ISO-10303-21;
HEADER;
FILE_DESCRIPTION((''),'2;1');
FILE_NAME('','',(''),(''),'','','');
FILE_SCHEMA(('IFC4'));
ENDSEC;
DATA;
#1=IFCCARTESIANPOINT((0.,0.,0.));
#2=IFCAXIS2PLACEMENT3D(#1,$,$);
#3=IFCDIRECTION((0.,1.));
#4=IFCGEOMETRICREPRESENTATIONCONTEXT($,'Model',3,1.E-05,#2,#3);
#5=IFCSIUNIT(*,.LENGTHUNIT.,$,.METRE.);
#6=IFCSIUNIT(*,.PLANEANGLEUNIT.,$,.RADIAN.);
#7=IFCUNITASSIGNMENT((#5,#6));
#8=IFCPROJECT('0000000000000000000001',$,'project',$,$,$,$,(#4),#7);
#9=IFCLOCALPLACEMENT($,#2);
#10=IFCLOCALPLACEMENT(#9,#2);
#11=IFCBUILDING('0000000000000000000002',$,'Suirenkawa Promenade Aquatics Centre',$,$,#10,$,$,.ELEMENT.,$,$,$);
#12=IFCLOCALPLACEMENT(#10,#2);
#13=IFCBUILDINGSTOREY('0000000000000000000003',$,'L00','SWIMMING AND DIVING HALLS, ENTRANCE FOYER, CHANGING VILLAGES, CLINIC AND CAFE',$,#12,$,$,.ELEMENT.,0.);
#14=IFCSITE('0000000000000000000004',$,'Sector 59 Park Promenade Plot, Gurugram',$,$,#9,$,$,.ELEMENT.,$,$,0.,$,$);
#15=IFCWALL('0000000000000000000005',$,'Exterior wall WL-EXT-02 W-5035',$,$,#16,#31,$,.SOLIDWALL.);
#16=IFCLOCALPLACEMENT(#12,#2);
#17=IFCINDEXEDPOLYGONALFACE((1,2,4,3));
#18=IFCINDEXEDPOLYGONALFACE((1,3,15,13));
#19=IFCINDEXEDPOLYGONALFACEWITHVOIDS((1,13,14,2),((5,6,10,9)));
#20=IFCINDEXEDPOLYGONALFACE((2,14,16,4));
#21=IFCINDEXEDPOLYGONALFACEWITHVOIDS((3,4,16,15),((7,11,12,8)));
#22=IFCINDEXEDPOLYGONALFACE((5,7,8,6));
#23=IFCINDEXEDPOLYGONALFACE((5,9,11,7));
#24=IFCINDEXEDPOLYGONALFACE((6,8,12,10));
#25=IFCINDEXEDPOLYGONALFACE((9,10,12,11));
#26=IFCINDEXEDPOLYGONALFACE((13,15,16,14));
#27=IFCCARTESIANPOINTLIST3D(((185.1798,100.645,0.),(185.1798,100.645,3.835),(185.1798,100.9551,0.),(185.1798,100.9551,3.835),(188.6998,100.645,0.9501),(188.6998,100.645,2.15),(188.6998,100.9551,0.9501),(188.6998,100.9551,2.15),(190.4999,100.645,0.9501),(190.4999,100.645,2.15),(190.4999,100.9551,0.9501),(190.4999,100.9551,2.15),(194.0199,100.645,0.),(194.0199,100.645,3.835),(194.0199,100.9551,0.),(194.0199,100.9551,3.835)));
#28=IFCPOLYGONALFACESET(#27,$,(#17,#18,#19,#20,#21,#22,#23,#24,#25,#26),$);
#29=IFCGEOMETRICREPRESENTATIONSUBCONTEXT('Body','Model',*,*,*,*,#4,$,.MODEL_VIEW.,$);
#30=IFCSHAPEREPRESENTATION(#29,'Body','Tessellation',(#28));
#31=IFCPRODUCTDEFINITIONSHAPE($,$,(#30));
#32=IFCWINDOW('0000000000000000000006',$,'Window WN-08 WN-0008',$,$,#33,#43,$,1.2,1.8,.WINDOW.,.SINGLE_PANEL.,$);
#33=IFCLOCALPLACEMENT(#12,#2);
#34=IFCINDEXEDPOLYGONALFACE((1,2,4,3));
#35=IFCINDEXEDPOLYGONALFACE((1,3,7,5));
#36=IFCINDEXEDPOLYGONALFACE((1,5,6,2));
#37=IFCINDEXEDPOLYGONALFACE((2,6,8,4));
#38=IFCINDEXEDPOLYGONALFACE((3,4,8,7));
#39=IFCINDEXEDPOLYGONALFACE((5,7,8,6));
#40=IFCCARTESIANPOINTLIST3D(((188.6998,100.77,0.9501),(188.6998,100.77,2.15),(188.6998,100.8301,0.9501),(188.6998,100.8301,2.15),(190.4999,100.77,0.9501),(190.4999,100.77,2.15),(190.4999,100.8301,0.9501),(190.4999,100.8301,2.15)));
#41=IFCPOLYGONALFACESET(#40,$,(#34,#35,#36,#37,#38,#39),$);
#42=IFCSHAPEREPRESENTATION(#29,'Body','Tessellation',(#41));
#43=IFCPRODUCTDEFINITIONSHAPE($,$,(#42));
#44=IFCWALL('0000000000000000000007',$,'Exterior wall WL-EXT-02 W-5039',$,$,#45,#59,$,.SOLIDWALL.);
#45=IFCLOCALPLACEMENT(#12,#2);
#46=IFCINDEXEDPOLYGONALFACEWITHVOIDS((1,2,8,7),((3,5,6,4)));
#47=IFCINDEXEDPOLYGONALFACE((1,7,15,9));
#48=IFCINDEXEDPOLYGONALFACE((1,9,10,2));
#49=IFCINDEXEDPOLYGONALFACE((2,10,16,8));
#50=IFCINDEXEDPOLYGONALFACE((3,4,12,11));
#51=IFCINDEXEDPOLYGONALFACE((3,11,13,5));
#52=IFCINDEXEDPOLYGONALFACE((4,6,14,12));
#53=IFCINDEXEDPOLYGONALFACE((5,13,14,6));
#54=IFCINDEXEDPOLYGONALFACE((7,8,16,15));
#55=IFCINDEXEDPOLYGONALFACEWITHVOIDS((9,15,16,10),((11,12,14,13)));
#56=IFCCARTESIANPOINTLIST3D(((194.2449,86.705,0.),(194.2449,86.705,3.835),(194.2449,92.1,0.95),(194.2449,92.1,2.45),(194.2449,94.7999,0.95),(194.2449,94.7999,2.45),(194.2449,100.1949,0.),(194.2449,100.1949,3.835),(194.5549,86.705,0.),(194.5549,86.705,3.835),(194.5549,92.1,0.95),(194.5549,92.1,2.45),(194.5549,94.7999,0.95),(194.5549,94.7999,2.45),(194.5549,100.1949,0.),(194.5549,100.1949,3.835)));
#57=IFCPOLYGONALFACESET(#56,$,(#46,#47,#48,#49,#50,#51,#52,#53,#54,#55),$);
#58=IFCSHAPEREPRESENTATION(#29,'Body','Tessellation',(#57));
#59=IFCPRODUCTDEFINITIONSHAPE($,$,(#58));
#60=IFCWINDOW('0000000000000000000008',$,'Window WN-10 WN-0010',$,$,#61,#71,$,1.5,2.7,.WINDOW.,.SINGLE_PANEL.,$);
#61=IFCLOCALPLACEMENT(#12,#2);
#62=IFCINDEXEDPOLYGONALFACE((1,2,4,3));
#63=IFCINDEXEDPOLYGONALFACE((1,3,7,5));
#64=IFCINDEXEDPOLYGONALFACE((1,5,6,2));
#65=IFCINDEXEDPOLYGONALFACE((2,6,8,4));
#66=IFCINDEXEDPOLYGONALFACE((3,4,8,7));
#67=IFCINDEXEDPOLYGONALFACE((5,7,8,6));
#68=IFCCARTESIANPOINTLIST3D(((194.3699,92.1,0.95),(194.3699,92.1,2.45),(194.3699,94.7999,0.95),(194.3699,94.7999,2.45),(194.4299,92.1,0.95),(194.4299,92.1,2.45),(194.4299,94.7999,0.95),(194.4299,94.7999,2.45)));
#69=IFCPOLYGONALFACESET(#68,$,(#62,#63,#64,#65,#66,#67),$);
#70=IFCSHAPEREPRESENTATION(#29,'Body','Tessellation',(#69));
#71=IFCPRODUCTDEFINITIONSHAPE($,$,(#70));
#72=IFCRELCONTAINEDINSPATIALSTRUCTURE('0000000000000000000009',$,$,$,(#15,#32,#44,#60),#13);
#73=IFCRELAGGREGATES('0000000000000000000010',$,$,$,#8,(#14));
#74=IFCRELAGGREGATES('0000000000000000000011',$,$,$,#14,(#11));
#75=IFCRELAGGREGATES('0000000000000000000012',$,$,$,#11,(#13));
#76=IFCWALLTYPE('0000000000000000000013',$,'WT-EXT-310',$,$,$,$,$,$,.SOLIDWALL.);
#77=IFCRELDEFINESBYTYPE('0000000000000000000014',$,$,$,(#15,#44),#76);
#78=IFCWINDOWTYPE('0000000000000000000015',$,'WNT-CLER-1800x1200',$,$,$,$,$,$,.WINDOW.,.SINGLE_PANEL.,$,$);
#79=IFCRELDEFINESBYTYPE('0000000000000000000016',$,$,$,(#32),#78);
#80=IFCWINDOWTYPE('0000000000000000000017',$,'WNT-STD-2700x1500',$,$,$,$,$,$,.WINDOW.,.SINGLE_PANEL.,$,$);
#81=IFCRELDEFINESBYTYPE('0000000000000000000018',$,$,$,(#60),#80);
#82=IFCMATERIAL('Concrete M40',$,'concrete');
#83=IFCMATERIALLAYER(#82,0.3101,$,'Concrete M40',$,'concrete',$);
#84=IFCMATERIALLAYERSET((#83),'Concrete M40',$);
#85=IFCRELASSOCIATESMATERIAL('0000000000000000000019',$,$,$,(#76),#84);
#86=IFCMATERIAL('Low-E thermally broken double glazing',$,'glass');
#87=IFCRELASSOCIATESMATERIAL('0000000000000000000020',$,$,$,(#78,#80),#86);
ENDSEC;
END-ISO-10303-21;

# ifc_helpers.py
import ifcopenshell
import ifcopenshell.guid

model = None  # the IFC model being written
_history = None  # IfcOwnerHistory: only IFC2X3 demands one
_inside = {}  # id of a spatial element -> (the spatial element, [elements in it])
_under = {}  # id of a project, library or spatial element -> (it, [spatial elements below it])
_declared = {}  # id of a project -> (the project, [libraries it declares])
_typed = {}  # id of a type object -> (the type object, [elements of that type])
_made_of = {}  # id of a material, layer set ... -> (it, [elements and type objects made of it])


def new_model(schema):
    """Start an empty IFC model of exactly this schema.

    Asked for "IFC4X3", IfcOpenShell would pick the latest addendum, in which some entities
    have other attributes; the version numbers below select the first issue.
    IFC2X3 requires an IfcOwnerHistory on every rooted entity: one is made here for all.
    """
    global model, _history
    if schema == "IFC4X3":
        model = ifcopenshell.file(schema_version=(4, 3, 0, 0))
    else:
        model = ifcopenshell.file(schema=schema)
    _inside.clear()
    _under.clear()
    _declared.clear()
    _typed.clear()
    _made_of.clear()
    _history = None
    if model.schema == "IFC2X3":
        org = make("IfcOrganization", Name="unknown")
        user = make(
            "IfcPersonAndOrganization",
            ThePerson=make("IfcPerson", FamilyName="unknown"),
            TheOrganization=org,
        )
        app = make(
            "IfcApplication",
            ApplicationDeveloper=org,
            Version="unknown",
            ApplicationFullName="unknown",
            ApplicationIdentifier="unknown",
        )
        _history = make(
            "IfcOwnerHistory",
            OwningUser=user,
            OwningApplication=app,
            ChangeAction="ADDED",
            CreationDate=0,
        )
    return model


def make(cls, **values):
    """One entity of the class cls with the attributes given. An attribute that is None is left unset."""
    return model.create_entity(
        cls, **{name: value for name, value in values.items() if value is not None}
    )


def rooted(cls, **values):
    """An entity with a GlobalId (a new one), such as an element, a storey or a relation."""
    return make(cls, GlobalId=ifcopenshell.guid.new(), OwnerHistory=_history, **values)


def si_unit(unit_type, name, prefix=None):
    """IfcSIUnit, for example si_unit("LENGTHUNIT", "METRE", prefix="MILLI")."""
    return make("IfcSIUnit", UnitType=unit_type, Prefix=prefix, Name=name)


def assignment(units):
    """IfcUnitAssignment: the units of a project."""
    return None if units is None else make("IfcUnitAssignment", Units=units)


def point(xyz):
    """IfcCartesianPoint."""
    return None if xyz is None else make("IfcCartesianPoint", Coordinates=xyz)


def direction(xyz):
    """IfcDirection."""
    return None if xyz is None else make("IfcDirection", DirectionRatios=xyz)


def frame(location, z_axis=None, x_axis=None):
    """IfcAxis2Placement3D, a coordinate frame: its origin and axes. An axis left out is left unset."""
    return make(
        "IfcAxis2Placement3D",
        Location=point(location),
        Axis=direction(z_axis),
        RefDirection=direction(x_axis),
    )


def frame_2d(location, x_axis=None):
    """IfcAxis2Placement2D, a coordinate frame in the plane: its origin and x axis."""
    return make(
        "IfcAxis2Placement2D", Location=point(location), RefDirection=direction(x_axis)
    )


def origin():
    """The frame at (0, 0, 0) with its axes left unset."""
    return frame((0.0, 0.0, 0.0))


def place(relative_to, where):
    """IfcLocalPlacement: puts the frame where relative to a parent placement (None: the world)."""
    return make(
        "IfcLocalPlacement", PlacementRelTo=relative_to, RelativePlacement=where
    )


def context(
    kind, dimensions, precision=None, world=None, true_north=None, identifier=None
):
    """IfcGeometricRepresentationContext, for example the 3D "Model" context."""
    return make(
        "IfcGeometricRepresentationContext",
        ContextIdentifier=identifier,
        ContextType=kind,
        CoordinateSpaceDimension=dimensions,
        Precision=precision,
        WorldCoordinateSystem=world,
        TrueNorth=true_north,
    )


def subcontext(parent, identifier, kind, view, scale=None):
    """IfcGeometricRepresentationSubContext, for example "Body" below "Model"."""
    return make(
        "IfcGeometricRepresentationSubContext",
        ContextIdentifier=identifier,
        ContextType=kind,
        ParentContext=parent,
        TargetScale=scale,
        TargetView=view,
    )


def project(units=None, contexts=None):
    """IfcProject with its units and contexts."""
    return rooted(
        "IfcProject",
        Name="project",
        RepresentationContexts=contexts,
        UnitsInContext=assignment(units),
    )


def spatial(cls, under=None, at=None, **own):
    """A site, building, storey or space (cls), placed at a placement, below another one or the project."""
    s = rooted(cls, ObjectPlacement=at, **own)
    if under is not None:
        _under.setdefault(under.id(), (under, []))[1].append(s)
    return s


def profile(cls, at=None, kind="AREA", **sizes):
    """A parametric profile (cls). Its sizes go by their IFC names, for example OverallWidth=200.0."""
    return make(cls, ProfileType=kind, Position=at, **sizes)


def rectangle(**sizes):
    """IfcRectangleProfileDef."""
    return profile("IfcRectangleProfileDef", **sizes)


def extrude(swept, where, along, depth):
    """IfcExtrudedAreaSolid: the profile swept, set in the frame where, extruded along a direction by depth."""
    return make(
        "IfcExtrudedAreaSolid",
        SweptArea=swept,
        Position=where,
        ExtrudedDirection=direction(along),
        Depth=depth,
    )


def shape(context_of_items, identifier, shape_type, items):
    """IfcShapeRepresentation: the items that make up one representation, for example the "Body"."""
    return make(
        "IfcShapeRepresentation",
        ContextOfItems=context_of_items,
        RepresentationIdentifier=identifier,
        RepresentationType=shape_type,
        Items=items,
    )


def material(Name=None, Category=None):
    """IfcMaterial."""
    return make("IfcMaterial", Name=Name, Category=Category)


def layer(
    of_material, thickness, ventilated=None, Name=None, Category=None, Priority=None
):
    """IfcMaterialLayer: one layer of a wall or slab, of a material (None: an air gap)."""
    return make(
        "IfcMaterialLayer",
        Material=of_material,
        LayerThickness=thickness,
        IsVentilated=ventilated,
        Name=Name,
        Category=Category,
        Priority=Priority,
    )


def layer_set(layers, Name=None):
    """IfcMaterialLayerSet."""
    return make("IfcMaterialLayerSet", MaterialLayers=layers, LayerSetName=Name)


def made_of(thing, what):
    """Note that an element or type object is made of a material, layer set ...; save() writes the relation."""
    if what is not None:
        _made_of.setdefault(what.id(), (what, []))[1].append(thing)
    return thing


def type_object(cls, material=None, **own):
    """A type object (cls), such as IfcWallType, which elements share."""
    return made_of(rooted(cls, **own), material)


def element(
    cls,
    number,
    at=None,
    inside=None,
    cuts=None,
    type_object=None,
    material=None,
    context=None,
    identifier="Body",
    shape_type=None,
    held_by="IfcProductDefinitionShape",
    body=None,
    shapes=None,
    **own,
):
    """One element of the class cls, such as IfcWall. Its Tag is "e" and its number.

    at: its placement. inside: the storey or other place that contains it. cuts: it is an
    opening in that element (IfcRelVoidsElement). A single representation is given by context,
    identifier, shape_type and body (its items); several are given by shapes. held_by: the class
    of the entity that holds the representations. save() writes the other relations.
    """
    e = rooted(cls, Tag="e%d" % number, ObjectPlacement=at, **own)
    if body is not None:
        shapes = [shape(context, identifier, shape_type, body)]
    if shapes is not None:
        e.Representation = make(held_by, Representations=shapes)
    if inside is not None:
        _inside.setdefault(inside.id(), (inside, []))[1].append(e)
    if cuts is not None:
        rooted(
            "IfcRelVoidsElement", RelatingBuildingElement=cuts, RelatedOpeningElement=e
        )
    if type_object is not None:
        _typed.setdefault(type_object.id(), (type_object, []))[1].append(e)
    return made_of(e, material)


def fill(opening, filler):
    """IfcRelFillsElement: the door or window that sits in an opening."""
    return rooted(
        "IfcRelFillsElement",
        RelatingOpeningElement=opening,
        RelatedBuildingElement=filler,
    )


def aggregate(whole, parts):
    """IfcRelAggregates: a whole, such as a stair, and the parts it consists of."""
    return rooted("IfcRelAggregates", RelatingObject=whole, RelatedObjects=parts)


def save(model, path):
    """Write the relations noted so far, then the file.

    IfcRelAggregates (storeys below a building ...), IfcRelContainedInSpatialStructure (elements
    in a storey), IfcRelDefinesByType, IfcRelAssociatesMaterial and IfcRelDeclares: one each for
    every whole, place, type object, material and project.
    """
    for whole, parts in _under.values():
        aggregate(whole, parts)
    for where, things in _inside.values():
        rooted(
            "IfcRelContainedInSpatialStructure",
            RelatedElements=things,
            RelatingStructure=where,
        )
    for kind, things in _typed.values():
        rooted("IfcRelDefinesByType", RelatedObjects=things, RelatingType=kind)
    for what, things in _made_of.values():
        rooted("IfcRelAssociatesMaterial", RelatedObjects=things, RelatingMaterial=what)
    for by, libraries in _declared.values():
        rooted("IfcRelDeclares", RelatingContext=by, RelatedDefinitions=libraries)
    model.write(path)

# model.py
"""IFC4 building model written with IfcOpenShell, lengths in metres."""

from ifc_helpers import new_model, si_unit, direction, frame, frame_2d, origin, place, context, subcontext, project, spatial, rectangle, extrude, material, layer, layer_set, type_object, element, fill, save


model = new_model("IFC4")

# Units and contexts
model_context = context("Model", 3, precision=1e-05, world=origin(), true_north=direction((0.0, 1.0)))
body_context = subcontext(model_context, "Body", "Model", "MODEL_VIEW")
ifc_project = project(units=[si_unit("LENGTHUNIT", "METRE"), si_unit("PLANEANGLEUNIT", "RADIAN")], contexts=[model_context])

# Site, building, storey
site_placement = place(None, origin())
site = spatial("IfcSite", under=ifc_project, at=site_placement, Name="Sector 59 Park Promenade Plot, Gurugram", CompositionType="ELEMENT", RefElevation=0.0)
building_placement = place(site_placement, origin())
building = spatial("IfcBuilding", under=site, at=building_placement, Name="Suirenkawa Promenade Aquatics Centre", CompositionType="ELEMENT")
storey_placement = place(building_placement, origin())
storey = spatial("IfcBuildingStorey", under=building, at=storey_placement, Name="L00", Description="SWIMMING AND DIVING HALLS, ENTRANCE FOYER, CHANGING VILLAGES, CLINIC AND CAFE", CompositionType="ELEMENT", Elevation=0.0)

# Shared definitions
ifc_material_1 = material(Name="Concrete M40", Category="concrete")

# Shared definitions
ifc_layer = layer(ifc_material_1, 0.3101, Name="Concrete M40", Category="concrete")
ifc_layer_set = layer_set([ifc_layer], Name="Concrete M40")
wall_type = type_object("IfcWallType", Name="WT-EXT-310", PredefinedType="SOLIDWALL", material=ifc_layer_set)

# Wall, opening, window
wall_1_placement = place(storey_placement, frame((185.1799, 100.8, 0.0), z_axis=(0.0, 0.0, 1.0), x_axis=(1.0, 0.0, 0.0)))
wall_1 = element("IfcWall", 1, at=wall_1_placement, inside=storey, type_object=wall_type, Name="Exterior wall WL-EXT-02 W-5035", PredefinedType="SOLIDWALL", context=body_context, shape_type="SweptSolid", body=[
    extrude(rectangle(XDim=8.8401, YDim=0.3101, at=frame_2d((4.4199, 0.0))), origin(), (0.0, 0.0, 1.0), 3.835),
])
opening_1_placement = place(wall_1_placement, frame((3.52, 0.0, 0.95)))
opening_1 = element("IfcOpeningElement", 2, at=opening_1_placement, cuts=wall_1, PredefinedType="OPENING", context=body_context, shape_type="SweptSolid", body=[
    extrude(rectangle(XDim=1.8, YDim=1.2, at=frame_2d((0.8999, 0.6001))), frame((0.0, 0.165, 0.0), z_axis=(0.0, -1.0, 0.0), x_axis=(1.0, 0.0, 0.0)), (0.0, 0.0, 1.0), 0.3301),
])
ifc_material_2 = material(Name="Low-E thermally broken double glazing", Category="glass")
window_type_1 = type_object("IfcWindowType", Name="WNT-CLER-1800x1200", PartitioningType="SINGLE_PANEL", PredefinedType="WINDOW", material=ifc_material_2)
window_1_placement = place(opening_1_placement, origin())
window_1 = element("IfcWindow", 3, at=window_1_placement, inside=storey, type_object=window_type_1, Name="Window WN-08 WN-0008", OverallHeight=1.2, OverallWidth=1.8, PartitioningType="SINGLE_PANEL", PredefinedType="WINDOW", context=body_context, shape_type="SweptSolid", body=[
    extrude(rectangle(XDim=1.8, YDim=1.2, at=frame_2d((0.8999, 0.6001))), frame((0.0, 0.03, 0.0), z_axis=(0.0, -1.0, 0.0), x_axis=(1.0, 0.0, 0.0)), (0.0, 0.0, 1.0), 0.0601),
])
fill(opening_1, window_1)

# Wall, opening, window
wall_2_placement = place(storey_placement, frame((194.3999, 100.1951, 0.0), z_axis=(0.0, 0.0, 1.0), x_axis=(0.0, -1.0, 0.0)))
wall_2 = element("IfcWall", 4, at=wall_2_placement, inside=storey, type_object=wall_type, Name="Exterior wall WL-EXT-02 W-5039", PredefinedType="SOLIDWALL", context=body_context, shape_type="SweptSolid", body=[
    extrude(rectangle(XDim=13.49, YDim=0.3101, at=frame_2d((6.7451, 0.0))), origin(), (0.0, 0.0, 1.0), 3.835),
])
opening_2_placement = place(wall_2_placement, frame((5.395, 0.0, 0.95)))
opening_2 = element("IfcOpeningElement", 5, at=opening_2_placement, cuts=wall_2, PredefinedType="OPENING", context=body_context, shape_type="SweptSolid", body=[
    extrude(rectangle(XDim=2.7, YDim=1.5, at=frame_2d((1.3501, 0.75))), frame((0.0, 0.165, 0.0), z_axis=(0.0, -1.0, 0.0), x_axis=(1.0, 0.0, 0.0)), (0.0, 0.0, 1.0), 0.3301),
])
window_type_2 = type_object("IfcWindowType", Name="WNT-STD-2700x1500", PartitioningType="SINGLE_PANEL", PredefinedType="WINDOW", material=ifc_material_2)
window_2_placement = place(opening_2_placement, origin())
window_2 = element("IfcWindow", 6, at=window_2_placement, inside=storey, type_object=window_type_2, Name="Window WN-10 WN-0010", OverallHeight=1.5, OverallWidth=2.7, PartitioningType="SINGLE_PANEL", PredefinedType="WINDOW", context=body_context, shape_type="SweptSolid", body=[
    extrude(rectangle(XDim=2.7, YDim=1.5, at=frame_2d((1.3501, 0.75))), frame((0.0, 0.03, 0.0), z_axis=(0.0, -1.0, 0.0), x_axis=(1.0, 0.0, 0.0)), (0.0, 0.0, 1.0), 0.0601),
])
fill(opening_2, window_2)

save(model, "model.ifc")
